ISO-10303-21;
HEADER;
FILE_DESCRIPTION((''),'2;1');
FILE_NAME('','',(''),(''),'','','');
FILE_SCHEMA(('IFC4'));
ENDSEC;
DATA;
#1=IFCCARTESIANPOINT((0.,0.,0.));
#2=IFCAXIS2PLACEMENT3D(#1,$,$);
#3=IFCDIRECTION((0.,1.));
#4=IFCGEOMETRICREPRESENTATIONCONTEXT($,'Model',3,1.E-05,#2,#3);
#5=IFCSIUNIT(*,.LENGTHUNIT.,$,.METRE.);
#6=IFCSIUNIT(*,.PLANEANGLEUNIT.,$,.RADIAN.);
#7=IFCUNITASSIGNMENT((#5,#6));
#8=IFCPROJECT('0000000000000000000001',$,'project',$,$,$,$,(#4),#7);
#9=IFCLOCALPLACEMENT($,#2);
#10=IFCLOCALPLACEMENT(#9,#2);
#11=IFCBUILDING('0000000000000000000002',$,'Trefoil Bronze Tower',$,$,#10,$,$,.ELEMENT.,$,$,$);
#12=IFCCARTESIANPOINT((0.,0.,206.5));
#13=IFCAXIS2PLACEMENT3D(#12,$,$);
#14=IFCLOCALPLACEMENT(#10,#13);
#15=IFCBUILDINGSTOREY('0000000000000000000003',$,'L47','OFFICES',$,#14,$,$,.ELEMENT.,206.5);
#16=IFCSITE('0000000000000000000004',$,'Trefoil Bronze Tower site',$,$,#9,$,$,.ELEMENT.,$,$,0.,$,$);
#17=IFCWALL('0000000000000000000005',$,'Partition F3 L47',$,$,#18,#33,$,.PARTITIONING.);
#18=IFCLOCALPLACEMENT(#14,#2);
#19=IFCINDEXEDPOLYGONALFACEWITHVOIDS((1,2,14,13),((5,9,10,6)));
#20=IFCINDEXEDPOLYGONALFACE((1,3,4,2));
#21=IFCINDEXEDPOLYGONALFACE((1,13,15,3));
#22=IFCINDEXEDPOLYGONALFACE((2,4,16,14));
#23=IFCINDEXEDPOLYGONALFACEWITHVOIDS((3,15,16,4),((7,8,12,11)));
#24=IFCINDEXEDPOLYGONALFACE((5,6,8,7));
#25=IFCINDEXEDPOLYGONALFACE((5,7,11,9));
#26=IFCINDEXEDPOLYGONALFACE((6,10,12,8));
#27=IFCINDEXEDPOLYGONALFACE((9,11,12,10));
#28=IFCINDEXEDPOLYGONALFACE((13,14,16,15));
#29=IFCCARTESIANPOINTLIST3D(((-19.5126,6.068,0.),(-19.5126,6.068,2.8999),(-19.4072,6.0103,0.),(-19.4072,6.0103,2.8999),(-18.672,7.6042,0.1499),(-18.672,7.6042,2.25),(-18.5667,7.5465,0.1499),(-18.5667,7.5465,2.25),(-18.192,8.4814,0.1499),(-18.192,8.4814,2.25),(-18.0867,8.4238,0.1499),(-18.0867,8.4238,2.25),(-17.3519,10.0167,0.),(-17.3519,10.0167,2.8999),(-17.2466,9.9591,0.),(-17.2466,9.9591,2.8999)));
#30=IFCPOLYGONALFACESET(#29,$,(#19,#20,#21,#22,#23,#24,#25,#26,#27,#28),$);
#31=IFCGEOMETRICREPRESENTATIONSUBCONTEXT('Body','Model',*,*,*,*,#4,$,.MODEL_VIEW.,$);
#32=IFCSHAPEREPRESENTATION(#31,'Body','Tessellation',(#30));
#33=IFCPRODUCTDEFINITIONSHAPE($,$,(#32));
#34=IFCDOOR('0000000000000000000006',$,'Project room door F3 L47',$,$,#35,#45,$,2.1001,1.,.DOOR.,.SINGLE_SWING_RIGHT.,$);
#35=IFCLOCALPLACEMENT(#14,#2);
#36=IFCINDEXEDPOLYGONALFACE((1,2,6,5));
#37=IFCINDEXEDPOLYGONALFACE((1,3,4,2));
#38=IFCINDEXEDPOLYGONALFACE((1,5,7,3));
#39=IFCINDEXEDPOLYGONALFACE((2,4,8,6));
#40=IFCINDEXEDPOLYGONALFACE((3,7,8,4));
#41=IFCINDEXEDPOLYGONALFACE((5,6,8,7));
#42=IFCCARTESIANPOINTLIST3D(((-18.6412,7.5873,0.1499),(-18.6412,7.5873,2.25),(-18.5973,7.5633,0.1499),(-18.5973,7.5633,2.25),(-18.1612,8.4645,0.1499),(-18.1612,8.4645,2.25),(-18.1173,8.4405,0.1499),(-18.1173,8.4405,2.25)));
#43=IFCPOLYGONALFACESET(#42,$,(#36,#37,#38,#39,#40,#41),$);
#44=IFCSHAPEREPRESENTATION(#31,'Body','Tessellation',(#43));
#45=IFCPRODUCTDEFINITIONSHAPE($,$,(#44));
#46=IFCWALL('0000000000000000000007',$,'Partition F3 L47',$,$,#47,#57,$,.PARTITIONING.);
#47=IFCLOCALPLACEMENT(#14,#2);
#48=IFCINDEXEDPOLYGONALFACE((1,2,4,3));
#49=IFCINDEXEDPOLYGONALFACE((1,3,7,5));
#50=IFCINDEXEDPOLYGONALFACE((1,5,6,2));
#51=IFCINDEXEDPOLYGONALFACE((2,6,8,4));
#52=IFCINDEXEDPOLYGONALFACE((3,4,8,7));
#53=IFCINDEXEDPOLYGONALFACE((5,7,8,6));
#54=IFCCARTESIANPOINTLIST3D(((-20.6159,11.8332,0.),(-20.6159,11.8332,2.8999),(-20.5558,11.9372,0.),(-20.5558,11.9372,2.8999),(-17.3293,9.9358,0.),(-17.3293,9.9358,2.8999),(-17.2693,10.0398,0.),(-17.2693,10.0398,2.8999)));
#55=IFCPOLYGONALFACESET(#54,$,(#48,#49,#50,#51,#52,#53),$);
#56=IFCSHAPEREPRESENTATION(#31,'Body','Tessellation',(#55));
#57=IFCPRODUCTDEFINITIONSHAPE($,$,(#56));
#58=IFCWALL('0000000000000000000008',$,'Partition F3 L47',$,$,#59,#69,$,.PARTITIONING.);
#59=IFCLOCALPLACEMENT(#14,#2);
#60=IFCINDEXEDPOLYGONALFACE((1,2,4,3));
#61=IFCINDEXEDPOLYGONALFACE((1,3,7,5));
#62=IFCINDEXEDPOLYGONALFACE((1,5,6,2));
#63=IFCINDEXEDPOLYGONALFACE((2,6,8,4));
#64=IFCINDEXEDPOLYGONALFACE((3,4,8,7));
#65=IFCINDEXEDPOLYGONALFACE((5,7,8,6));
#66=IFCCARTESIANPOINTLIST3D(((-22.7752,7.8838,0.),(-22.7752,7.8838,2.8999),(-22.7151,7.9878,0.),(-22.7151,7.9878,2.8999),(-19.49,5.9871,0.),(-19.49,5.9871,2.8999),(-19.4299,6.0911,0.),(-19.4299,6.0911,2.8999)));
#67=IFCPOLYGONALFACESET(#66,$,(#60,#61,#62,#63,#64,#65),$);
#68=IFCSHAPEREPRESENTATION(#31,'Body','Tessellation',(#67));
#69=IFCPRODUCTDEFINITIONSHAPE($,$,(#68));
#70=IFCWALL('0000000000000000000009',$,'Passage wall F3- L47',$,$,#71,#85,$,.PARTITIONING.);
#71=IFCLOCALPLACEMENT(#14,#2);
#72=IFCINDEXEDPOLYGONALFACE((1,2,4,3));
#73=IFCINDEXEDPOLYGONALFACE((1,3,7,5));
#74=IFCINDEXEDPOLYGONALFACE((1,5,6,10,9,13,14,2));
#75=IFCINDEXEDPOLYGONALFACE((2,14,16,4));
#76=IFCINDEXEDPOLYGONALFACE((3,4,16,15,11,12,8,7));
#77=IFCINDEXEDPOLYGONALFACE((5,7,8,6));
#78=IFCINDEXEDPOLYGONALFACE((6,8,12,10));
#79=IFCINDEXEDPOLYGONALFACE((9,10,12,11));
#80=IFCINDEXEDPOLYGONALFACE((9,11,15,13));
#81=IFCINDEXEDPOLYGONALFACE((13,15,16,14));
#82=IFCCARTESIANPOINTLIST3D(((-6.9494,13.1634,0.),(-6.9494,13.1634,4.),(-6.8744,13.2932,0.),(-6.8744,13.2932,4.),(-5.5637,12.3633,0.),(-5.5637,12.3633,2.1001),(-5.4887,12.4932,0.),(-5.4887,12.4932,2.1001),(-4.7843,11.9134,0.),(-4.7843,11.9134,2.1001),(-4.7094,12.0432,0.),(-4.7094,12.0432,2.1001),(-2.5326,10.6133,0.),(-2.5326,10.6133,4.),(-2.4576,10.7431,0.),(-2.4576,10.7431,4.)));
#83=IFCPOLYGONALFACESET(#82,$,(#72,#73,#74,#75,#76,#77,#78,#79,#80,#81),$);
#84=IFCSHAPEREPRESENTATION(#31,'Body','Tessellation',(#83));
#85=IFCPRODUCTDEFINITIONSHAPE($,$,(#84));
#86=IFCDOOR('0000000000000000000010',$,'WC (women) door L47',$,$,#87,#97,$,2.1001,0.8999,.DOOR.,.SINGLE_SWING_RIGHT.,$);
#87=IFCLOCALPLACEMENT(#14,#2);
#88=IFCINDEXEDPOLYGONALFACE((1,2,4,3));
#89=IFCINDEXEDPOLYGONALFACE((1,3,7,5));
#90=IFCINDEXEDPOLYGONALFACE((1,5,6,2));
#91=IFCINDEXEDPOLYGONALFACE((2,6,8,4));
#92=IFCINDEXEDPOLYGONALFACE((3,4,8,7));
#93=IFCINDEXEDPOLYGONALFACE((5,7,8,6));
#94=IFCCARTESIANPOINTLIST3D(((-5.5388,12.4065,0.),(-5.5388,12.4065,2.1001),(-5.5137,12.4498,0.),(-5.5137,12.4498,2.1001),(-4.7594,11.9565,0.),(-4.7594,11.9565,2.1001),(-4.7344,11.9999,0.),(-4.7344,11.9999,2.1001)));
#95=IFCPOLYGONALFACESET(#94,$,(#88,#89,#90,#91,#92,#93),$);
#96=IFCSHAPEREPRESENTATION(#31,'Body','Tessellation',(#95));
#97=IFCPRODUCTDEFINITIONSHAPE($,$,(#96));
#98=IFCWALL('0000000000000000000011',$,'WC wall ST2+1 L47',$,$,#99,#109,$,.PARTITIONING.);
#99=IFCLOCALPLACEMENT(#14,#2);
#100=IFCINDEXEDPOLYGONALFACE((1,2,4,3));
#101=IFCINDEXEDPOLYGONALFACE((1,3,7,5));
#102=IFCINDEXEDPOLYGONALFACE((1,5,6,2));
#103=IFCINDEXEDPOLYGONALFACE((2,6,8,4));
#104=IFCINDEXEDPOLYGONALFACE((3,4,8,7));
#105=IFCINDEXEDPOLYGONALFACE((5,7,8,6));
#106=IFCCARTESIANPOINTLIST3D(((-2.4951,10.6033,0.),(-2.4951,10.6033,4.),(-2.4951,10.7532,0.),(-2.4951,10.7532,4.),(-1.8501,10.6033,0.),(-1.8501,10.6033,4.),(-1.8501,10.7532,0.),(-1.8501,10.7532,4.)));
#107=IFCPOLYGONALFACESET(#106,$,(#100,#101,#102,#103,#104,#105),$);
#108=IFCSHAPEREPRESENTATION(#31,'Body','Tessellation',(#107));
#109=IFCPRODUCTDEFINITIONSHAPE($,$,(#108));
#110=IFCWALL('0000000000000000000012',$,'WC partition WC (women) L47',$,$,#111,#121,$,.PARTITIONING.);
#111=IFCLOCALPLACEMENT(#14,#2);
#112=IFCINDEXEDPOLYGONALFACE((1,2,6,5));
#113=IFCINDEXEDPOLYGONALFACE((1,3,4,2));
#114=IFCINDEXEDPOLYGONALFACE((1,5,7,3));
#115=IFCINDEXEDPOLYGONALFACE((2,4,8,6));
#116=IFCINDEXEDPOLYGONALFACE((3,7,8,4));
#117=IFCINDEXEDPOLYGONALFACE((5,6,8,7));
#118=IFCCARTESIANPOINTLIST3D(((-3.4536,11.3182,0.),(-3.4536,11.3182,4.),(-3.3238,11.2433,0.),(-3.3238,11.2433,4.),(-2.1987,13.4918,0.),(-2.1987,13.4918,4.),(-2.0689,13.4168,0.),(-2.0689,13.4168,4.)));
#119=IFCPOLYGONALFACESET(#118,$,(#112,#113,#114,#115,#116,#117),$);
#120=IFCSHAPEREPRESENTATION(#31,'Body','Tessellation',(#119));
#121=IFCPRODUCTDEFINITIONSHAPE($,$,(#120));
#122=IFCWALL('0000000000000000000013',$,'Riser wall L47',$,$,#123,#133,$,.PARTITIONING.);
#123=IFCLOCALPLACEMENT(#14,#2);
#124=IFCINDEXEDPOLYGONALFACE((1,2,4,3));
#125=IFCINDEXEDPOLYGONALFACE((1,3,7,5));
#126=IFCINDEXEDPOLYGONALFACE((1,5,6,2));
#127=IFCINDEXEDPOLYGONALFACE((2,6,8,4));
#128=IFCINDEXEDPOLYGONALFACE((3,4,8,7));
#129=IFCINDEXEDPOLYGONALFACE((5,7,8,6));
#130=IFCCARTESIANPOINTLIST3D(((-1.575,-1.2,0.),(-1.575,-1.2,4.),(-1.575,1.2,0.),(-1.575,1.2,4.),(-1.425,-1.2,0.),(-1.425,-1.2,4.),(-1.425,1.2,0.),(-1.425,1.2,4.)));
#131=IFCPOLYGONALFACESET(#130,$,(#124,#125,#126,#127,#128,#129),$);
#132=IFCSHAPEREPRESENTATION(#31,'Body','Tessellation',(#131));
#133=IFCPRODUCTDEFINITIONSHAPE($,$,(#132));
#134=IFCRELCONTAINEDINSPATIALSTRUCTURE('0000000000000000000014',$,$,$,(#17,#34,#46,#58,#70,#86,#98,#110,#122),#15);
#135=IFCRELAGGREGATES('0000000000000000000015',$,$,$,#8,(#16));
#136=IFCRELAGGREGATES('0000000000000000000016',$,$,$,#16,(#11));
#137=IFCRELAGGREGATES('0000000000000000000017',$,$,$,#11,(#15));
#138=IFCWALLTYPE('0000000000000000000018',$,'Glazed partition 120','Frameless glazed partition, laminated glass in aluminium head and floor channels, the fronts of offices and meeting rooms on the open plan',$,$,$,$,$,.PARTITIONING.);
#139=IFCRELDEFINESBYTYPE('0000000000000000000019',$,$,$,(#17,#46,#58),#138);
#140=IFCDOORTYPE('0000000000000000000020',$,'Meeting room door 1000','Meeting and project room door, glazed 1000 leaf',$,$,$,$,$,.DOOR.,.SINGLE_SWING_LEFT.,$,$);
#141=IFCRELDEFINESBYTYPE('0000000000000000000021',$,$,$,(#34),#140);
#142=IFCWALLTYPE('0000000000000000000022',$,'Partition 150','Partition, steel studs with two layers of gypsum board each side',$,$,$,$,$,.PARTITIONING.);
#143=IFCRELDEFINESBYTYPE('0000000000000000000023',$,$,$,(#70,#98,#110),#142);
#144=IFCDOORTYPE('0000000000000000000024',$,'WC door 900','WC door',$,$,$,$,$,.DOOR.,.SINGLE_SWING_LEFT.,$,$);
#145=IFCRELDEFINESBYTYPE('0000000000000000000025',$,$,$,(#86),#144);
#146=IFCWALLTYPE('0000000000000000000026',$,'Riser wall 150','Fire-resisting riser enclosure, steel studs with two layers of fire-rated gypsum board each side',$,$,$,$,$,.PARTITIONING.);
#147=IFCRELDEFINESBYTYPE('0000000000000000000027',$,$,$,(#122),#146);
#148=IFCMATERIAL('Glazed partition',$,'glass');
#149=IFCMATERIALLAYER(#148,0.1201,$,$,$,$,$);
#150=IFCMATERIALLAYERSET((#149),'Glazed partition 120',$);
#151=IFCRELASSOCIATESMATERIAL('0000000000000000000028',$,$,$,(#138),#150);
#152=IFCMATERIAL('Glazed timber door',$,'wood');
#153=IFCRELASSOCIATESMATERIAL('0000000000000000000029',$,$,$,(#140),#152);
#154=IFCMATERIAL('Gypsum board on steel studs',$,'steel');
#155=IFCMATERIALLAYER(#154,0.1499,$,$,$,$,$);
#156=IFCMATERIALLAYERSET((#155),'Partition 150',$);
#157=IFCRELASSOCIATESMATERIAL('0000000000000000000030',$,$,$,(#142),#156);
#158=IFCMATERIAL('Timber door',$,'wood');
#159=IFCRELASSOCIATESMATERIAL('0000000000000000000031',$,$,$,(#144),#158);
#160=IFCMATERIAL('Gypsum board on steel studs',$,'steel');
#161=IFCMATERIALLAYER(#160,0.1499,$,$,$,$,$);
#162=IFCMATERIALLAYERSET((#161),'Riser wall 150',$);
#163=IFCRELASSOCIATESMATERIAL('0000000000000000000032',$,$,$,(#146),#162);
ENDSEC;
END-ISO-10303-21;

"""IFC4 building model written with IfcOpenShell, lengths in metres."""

from ifc_helpers import new_model, si_unit, direction, frame, frame_2d, origin, place, context, subcontext, project, spatial, rectangle, extrude, material, layer, layer_set, type_object, element, fill, save


model = new_model("IFC4")

# Units and contexts
model_context = context("Model", 3, precision=1e-05, world=origin(), true_north=direction((0.0, 1.0)))
body_context = subcontext(model_context, "Body", "Model", "MODEL_VIEW")
ifc_project = project(units=[si_unit("LENGTHUNIT", "METRE"), si_unit("PLANEANGLEUNIT", "RADIAN")], contexts=[model_context])

# Site, building, storey
site_placement = place(None, origin())
site = spatial("IfcSite", under=ifc_project, at=site_placement, Name="Trefoil Bronze Tower site", CompositionType="ELEMENT", RefElevation=0.0)
building_placement = place(site_placement, origin())
building = spatial("IfcBuilding", under=site, at=building_placement, Name="Trefoil Bronze Tower", CompositionType="ELEMENT")
storey_placement = place(building_placement, frame((0.0, 0.0, 206.5)))
storey = spatial("IfcBuildingStorey", under=building, at=storey_placement, Name="L47", Description="OFFICES", CompositionType="ELEMENT", Elevation=206.5)

# Wall, opening, door
ifc_material_1 = material(Name="Glazed partition", Category="glass")
ifc_layer_1 = layer(ifc_material_1, 0.1201)
ifc_layer_set_1 = layer_set([ifc_layer_1], Name="Glazed partition 120")
wall_type_1 = type_object("IfcWallType", Name="Glazed partition 120", Description="Frameless glazed partition, laminated glass in aluminium head and floor channels, the fronts of offices and meeting rooms on the open plan", PredefinedType="PARTITIONING", material=ifc_layer_set_1)
wall_1_placement = place(storey_placement, frame((-17.2993, 9.9878, 0.0), z_axis=(0.0, 0.0, 1.0), x_axis=(-0.480015, -0.877261, 0.0)))
wall_1 = element("IfcWall", 1, at=wall_1_placement, inside=storey, type_object=wall_type_1, Name="Partition F3 L47", PredefinedType="PARTITIONING", context=body_context, shape_type="SweptSolid", body=[
    extrude(rectangle(XDim=4.5012, YDim=0.1201, at=frame_2d((2.2505, 0.0))), origin(), (0.0, 0.0, 1.0), 2.8999),
])
opening_1_placement = place(wall_1_placement, frame((1.75, 0.0, 0.1499)))
opening_1 = element("IfcOpeningElement", 2, at=opening_1_placement, cuts=wall_1, PredefinedType="OPENING", context=body_context, shape_type="SweptSolid", body=[
    extrude(rectangle(XDim=1.0, YDim=2.1001, at=frame_2d((0.5, 1.05))), frame((0.0, 0.0701, 0.0), z_axis=(0.0, -1.0, 0.0), x_axis=(1.0, 0.0, 0.0)), (0.0, 0.0, 1.0), 0.1401),
])
ifc_material_2 = material(Name="Glazed timber door", Category="wood")
door_type_1 = type_object("IfcDoorType", Name="Meeting room door 1000", Description="Meeting and project room door, glazed 1000 leaf", OperationType="SINGLE_SWING_LEFT", PredefinedType="DOOR", material=ifc_material_2)
door_1_placement = place(opening_1_placement, frame((1.0, 0.0, 0.0), z_axis=(0.0, 0.0, 1.0), x_axis=(-1.0, 0.0, 0.0)))
door_1 = element("IfcDoor", 3, at=door_1_placement, inside=storey, type_object=door_type_1, Name="Project room door F3 L47", OperationType="SINGLE_SWING_RIGHT", OverallHeight=2.1001, OverallWidth=1.0, PredefinedType="DOOR", context=body_context, shape_type="SweptSolid", body=[
    extrude(rectangle(XDim=1.0, YDim=2.1001, at=frame_2d((0.5, 1.05))), frame((0.0, 0.0249, 0.0), z_axis=(0.0, -1.0, 0.0), x_axis=(1.0, 0.0, 0.0)), (0.0, 0.0, 1.0), 0.05),
])
fill(opening_1, door_1)

# Walls
wall_2_placement = place(storey_placement, frame((-17.2993, 9.9878, 0.0), z_axis=(0.0, 0.0, 1.0), x_axis=(-0.866033, 0.499986, 0.0)))
element("IfcWall", 4, at=wall_2_placement, inside=storey, type_object=wall_type_1, Name="Partition F3 L47", PredefinedType="PARTITIONING", context=body_context, shape_type="SweptSolid", body=[
    extrude(rectangle(XDim=3.7949, YDim=0.1201, at=frame_2d((1.8975, 0.0))), origin(), (0.0, 0.0, 1.0), 2.8999),
])
wall_3_placement = place(storey_placement, frame((-19.46, 6.0391, 0.0), z_axis=(0.0, 0.0, 1.0), x_axis=(-0.866021, 0.500008, 0.0)))
element("IfcWall", 5, at=wall_3_placement, inside=storey, type_object=wall_type_1, Name="Partition F3 L47", PredefinedType="PARTITIONING", context=body_context, shape_type="SweptSolid", body=[
    extrude(rectangle(XDim=3.7935, YDim=0.1201, at=frame_2d((1.8967, 0.0))), origin(), (0.0, 0.0, 1.0), 2.8999),
])

# Wall, opening, door
ifc_material_3 = material(Name="Gypsum board on steel studs", Category="steel")
ifc_layer_2 = layer(ifc_material_3, 0.1499)
ifc_layer_set_2 = layer_set([ifc_layer_2], Name="Partition 150")
wall_type_2 = type_object("IfcWallType", Name="Partition 150", Description="Partition, steel studs with two layers of gypsum board each side", PredefinedType="PARTITIONING", material=ifc_layer_set_2)
wall_4_placement = place(storey_placement, frame((-2.4951, 10.6782, 0.0), z_axis=(0.0, 0.0, 1.0), x_axis=(-0.866022, 0.500006, 0.0)))
wall_4 = element("IfcWall", 6, at=wall_4_placement, inside=storey, type_object=wall_type_2, Name="Passage wall F3- L47", PredefinedType="PARTITIONING", context=body_context, shape_type="SweptSolid", body=[
    extrude(rectangle(XDim=5.1001, YDim=0.1499, at=frame_2d((2.55, 0.0))), origin(), (0.0, 0.0, 1.0), 4.0),
])
opening_2_placement = place(wall_4_placement, frame((2.6001, 0.0, 0.0)))
opening_2 = element("IfcOpeningElement", 7, at=opening_2_placement, cuts=wall_4, PredefinedType="OPENING", context=body_context, shape_type="SweptSolid", body=[
    extrude(rectangle(XDim=0.8999, YDim=2.1001, at=frame_2d((0.45, 1.05))), frame((0.0, 0.085, 0.0), z_axis=(0.0, -1.0, 0.0), x_axis=(1.0, 0.0, 0.0)), (0.0, 0.0, 1.0), 0.1699),
])
ifc_material_4 = material(Name="Timber door", Category="wood")
door_type_2 = type_object("IfcDoorType", Name="WC door 900", Description="WC door", OperationType="SINGLE_SWING_LEFT", PredefinedType="DOOR", material=ifc_material_4)
door_2_placement = place(opening_2_placement, frame((0.8999, 0.0, 0.0), z_axis=(0.0, 0.0, 1.0), x_axis=(-1.0, 0.0, 0.0)))
door_2 = element("IfcDoor", 8, at=door_2_placement, inside=storey, type_object=door_type_2, Name="WC (women) door L47", OperationType="SINGLE_SWING_RIGHT", OverallHeight=2.1001, OverallWidth=0.8999, PredefinedType="DOOR", context=body_context, shape_type="SweptSolid", body=[
    extrude(rectangle(XDim=0.8999, YDim=2.1001, at=frame_2d((0.45, 1.05))), frame((0.0, 0.0249, 0.0), z_axis=(0.0, -1.0, 0.0), x_axis=(1.0, 0.0, 0.0)), (0.0, 0.0, 1.0), 0.05),
])
fill(opening_2, door_2)

# Walls
wall_5_placement = place(storey_placement, frame((-2.4951, 10.6782, 0.0), z_axis=(0.0, 0.0, 1.0), x_axis=(1.0, 0.0, 0.0)))
element("IfcWall", 9, at=wall_5_placement, inside=storey, type_object=wall_type_2, Name="WC wall ST2+1 L47", PredefinedType="PARTITIONING", context=body_context, shape_type="SweptSolid", body=[
    extrude(rectangle(XDim=0.645, YDim=0.1499, at=frame_2d((0.3225, 0.0))), origin(), (0.0, 0.0, 1.0), 4.0),
])
wall_6_placement = place(storey_placement, frame((-3.3887, 11.2808, 0.0), z_axis=(0.0, 0.0, 1.0), x_axis=(0.499989, 0.866032, 0.0)))
element("IfcWall", 10, at=wall_6_placement, inside=storey, type_object=wall_type_2, Name="WC partition WC (women) L47", PredefinedType="PARTITIONING", context=body_context, shape_type="SweptSolid", body=[
    extrude(rectangle(XDim=2.5098, YDim=0.1499, at=frame_2d((1.2549, 0.0))), origin(), (0.0, 0.0, 1.0), 4.0),
])
ifc_material_5 = material(Name="Gypsum board on steel studs", Category="steel")
ifc_layer_3 = layer(ifc_material_5, 0.1499)
ifc_layer_set_3 = layer_set([ifc_layer_3], Name="Riser wall 150")
wall_type_3 = type_object("IfcWallType", Name="Riser wall 150", Description="Fire-resisting riser enclosure, steel studs with two layers of fire-rated gypsum board each side", PredefinedType="PARTITIONING", material=ifc_layer_set_3)
wall_7_placement = place(storey_placement, frame((-1.5, 1.2, 0.0), z_axis=(0.0, 0.0, 1.0), x_axis=(0.0, -1.0, 0.0)))
element("IfcWall", 11, at=wall_7_placement, inside=storey, type_object=wall_type_3, Name="Riser wall L47", PredefinedType="PARTITIONING", context=body_context, shape_type="SweptSolid", body=[
    extrude(rectangle(XDim=2.3999, YDim=0.1499, at=frame_2d((1.2, 0.0))), origin(), (0.0, 0.0, 1.0), 4.0),
])

save(model, "model.ifc")
